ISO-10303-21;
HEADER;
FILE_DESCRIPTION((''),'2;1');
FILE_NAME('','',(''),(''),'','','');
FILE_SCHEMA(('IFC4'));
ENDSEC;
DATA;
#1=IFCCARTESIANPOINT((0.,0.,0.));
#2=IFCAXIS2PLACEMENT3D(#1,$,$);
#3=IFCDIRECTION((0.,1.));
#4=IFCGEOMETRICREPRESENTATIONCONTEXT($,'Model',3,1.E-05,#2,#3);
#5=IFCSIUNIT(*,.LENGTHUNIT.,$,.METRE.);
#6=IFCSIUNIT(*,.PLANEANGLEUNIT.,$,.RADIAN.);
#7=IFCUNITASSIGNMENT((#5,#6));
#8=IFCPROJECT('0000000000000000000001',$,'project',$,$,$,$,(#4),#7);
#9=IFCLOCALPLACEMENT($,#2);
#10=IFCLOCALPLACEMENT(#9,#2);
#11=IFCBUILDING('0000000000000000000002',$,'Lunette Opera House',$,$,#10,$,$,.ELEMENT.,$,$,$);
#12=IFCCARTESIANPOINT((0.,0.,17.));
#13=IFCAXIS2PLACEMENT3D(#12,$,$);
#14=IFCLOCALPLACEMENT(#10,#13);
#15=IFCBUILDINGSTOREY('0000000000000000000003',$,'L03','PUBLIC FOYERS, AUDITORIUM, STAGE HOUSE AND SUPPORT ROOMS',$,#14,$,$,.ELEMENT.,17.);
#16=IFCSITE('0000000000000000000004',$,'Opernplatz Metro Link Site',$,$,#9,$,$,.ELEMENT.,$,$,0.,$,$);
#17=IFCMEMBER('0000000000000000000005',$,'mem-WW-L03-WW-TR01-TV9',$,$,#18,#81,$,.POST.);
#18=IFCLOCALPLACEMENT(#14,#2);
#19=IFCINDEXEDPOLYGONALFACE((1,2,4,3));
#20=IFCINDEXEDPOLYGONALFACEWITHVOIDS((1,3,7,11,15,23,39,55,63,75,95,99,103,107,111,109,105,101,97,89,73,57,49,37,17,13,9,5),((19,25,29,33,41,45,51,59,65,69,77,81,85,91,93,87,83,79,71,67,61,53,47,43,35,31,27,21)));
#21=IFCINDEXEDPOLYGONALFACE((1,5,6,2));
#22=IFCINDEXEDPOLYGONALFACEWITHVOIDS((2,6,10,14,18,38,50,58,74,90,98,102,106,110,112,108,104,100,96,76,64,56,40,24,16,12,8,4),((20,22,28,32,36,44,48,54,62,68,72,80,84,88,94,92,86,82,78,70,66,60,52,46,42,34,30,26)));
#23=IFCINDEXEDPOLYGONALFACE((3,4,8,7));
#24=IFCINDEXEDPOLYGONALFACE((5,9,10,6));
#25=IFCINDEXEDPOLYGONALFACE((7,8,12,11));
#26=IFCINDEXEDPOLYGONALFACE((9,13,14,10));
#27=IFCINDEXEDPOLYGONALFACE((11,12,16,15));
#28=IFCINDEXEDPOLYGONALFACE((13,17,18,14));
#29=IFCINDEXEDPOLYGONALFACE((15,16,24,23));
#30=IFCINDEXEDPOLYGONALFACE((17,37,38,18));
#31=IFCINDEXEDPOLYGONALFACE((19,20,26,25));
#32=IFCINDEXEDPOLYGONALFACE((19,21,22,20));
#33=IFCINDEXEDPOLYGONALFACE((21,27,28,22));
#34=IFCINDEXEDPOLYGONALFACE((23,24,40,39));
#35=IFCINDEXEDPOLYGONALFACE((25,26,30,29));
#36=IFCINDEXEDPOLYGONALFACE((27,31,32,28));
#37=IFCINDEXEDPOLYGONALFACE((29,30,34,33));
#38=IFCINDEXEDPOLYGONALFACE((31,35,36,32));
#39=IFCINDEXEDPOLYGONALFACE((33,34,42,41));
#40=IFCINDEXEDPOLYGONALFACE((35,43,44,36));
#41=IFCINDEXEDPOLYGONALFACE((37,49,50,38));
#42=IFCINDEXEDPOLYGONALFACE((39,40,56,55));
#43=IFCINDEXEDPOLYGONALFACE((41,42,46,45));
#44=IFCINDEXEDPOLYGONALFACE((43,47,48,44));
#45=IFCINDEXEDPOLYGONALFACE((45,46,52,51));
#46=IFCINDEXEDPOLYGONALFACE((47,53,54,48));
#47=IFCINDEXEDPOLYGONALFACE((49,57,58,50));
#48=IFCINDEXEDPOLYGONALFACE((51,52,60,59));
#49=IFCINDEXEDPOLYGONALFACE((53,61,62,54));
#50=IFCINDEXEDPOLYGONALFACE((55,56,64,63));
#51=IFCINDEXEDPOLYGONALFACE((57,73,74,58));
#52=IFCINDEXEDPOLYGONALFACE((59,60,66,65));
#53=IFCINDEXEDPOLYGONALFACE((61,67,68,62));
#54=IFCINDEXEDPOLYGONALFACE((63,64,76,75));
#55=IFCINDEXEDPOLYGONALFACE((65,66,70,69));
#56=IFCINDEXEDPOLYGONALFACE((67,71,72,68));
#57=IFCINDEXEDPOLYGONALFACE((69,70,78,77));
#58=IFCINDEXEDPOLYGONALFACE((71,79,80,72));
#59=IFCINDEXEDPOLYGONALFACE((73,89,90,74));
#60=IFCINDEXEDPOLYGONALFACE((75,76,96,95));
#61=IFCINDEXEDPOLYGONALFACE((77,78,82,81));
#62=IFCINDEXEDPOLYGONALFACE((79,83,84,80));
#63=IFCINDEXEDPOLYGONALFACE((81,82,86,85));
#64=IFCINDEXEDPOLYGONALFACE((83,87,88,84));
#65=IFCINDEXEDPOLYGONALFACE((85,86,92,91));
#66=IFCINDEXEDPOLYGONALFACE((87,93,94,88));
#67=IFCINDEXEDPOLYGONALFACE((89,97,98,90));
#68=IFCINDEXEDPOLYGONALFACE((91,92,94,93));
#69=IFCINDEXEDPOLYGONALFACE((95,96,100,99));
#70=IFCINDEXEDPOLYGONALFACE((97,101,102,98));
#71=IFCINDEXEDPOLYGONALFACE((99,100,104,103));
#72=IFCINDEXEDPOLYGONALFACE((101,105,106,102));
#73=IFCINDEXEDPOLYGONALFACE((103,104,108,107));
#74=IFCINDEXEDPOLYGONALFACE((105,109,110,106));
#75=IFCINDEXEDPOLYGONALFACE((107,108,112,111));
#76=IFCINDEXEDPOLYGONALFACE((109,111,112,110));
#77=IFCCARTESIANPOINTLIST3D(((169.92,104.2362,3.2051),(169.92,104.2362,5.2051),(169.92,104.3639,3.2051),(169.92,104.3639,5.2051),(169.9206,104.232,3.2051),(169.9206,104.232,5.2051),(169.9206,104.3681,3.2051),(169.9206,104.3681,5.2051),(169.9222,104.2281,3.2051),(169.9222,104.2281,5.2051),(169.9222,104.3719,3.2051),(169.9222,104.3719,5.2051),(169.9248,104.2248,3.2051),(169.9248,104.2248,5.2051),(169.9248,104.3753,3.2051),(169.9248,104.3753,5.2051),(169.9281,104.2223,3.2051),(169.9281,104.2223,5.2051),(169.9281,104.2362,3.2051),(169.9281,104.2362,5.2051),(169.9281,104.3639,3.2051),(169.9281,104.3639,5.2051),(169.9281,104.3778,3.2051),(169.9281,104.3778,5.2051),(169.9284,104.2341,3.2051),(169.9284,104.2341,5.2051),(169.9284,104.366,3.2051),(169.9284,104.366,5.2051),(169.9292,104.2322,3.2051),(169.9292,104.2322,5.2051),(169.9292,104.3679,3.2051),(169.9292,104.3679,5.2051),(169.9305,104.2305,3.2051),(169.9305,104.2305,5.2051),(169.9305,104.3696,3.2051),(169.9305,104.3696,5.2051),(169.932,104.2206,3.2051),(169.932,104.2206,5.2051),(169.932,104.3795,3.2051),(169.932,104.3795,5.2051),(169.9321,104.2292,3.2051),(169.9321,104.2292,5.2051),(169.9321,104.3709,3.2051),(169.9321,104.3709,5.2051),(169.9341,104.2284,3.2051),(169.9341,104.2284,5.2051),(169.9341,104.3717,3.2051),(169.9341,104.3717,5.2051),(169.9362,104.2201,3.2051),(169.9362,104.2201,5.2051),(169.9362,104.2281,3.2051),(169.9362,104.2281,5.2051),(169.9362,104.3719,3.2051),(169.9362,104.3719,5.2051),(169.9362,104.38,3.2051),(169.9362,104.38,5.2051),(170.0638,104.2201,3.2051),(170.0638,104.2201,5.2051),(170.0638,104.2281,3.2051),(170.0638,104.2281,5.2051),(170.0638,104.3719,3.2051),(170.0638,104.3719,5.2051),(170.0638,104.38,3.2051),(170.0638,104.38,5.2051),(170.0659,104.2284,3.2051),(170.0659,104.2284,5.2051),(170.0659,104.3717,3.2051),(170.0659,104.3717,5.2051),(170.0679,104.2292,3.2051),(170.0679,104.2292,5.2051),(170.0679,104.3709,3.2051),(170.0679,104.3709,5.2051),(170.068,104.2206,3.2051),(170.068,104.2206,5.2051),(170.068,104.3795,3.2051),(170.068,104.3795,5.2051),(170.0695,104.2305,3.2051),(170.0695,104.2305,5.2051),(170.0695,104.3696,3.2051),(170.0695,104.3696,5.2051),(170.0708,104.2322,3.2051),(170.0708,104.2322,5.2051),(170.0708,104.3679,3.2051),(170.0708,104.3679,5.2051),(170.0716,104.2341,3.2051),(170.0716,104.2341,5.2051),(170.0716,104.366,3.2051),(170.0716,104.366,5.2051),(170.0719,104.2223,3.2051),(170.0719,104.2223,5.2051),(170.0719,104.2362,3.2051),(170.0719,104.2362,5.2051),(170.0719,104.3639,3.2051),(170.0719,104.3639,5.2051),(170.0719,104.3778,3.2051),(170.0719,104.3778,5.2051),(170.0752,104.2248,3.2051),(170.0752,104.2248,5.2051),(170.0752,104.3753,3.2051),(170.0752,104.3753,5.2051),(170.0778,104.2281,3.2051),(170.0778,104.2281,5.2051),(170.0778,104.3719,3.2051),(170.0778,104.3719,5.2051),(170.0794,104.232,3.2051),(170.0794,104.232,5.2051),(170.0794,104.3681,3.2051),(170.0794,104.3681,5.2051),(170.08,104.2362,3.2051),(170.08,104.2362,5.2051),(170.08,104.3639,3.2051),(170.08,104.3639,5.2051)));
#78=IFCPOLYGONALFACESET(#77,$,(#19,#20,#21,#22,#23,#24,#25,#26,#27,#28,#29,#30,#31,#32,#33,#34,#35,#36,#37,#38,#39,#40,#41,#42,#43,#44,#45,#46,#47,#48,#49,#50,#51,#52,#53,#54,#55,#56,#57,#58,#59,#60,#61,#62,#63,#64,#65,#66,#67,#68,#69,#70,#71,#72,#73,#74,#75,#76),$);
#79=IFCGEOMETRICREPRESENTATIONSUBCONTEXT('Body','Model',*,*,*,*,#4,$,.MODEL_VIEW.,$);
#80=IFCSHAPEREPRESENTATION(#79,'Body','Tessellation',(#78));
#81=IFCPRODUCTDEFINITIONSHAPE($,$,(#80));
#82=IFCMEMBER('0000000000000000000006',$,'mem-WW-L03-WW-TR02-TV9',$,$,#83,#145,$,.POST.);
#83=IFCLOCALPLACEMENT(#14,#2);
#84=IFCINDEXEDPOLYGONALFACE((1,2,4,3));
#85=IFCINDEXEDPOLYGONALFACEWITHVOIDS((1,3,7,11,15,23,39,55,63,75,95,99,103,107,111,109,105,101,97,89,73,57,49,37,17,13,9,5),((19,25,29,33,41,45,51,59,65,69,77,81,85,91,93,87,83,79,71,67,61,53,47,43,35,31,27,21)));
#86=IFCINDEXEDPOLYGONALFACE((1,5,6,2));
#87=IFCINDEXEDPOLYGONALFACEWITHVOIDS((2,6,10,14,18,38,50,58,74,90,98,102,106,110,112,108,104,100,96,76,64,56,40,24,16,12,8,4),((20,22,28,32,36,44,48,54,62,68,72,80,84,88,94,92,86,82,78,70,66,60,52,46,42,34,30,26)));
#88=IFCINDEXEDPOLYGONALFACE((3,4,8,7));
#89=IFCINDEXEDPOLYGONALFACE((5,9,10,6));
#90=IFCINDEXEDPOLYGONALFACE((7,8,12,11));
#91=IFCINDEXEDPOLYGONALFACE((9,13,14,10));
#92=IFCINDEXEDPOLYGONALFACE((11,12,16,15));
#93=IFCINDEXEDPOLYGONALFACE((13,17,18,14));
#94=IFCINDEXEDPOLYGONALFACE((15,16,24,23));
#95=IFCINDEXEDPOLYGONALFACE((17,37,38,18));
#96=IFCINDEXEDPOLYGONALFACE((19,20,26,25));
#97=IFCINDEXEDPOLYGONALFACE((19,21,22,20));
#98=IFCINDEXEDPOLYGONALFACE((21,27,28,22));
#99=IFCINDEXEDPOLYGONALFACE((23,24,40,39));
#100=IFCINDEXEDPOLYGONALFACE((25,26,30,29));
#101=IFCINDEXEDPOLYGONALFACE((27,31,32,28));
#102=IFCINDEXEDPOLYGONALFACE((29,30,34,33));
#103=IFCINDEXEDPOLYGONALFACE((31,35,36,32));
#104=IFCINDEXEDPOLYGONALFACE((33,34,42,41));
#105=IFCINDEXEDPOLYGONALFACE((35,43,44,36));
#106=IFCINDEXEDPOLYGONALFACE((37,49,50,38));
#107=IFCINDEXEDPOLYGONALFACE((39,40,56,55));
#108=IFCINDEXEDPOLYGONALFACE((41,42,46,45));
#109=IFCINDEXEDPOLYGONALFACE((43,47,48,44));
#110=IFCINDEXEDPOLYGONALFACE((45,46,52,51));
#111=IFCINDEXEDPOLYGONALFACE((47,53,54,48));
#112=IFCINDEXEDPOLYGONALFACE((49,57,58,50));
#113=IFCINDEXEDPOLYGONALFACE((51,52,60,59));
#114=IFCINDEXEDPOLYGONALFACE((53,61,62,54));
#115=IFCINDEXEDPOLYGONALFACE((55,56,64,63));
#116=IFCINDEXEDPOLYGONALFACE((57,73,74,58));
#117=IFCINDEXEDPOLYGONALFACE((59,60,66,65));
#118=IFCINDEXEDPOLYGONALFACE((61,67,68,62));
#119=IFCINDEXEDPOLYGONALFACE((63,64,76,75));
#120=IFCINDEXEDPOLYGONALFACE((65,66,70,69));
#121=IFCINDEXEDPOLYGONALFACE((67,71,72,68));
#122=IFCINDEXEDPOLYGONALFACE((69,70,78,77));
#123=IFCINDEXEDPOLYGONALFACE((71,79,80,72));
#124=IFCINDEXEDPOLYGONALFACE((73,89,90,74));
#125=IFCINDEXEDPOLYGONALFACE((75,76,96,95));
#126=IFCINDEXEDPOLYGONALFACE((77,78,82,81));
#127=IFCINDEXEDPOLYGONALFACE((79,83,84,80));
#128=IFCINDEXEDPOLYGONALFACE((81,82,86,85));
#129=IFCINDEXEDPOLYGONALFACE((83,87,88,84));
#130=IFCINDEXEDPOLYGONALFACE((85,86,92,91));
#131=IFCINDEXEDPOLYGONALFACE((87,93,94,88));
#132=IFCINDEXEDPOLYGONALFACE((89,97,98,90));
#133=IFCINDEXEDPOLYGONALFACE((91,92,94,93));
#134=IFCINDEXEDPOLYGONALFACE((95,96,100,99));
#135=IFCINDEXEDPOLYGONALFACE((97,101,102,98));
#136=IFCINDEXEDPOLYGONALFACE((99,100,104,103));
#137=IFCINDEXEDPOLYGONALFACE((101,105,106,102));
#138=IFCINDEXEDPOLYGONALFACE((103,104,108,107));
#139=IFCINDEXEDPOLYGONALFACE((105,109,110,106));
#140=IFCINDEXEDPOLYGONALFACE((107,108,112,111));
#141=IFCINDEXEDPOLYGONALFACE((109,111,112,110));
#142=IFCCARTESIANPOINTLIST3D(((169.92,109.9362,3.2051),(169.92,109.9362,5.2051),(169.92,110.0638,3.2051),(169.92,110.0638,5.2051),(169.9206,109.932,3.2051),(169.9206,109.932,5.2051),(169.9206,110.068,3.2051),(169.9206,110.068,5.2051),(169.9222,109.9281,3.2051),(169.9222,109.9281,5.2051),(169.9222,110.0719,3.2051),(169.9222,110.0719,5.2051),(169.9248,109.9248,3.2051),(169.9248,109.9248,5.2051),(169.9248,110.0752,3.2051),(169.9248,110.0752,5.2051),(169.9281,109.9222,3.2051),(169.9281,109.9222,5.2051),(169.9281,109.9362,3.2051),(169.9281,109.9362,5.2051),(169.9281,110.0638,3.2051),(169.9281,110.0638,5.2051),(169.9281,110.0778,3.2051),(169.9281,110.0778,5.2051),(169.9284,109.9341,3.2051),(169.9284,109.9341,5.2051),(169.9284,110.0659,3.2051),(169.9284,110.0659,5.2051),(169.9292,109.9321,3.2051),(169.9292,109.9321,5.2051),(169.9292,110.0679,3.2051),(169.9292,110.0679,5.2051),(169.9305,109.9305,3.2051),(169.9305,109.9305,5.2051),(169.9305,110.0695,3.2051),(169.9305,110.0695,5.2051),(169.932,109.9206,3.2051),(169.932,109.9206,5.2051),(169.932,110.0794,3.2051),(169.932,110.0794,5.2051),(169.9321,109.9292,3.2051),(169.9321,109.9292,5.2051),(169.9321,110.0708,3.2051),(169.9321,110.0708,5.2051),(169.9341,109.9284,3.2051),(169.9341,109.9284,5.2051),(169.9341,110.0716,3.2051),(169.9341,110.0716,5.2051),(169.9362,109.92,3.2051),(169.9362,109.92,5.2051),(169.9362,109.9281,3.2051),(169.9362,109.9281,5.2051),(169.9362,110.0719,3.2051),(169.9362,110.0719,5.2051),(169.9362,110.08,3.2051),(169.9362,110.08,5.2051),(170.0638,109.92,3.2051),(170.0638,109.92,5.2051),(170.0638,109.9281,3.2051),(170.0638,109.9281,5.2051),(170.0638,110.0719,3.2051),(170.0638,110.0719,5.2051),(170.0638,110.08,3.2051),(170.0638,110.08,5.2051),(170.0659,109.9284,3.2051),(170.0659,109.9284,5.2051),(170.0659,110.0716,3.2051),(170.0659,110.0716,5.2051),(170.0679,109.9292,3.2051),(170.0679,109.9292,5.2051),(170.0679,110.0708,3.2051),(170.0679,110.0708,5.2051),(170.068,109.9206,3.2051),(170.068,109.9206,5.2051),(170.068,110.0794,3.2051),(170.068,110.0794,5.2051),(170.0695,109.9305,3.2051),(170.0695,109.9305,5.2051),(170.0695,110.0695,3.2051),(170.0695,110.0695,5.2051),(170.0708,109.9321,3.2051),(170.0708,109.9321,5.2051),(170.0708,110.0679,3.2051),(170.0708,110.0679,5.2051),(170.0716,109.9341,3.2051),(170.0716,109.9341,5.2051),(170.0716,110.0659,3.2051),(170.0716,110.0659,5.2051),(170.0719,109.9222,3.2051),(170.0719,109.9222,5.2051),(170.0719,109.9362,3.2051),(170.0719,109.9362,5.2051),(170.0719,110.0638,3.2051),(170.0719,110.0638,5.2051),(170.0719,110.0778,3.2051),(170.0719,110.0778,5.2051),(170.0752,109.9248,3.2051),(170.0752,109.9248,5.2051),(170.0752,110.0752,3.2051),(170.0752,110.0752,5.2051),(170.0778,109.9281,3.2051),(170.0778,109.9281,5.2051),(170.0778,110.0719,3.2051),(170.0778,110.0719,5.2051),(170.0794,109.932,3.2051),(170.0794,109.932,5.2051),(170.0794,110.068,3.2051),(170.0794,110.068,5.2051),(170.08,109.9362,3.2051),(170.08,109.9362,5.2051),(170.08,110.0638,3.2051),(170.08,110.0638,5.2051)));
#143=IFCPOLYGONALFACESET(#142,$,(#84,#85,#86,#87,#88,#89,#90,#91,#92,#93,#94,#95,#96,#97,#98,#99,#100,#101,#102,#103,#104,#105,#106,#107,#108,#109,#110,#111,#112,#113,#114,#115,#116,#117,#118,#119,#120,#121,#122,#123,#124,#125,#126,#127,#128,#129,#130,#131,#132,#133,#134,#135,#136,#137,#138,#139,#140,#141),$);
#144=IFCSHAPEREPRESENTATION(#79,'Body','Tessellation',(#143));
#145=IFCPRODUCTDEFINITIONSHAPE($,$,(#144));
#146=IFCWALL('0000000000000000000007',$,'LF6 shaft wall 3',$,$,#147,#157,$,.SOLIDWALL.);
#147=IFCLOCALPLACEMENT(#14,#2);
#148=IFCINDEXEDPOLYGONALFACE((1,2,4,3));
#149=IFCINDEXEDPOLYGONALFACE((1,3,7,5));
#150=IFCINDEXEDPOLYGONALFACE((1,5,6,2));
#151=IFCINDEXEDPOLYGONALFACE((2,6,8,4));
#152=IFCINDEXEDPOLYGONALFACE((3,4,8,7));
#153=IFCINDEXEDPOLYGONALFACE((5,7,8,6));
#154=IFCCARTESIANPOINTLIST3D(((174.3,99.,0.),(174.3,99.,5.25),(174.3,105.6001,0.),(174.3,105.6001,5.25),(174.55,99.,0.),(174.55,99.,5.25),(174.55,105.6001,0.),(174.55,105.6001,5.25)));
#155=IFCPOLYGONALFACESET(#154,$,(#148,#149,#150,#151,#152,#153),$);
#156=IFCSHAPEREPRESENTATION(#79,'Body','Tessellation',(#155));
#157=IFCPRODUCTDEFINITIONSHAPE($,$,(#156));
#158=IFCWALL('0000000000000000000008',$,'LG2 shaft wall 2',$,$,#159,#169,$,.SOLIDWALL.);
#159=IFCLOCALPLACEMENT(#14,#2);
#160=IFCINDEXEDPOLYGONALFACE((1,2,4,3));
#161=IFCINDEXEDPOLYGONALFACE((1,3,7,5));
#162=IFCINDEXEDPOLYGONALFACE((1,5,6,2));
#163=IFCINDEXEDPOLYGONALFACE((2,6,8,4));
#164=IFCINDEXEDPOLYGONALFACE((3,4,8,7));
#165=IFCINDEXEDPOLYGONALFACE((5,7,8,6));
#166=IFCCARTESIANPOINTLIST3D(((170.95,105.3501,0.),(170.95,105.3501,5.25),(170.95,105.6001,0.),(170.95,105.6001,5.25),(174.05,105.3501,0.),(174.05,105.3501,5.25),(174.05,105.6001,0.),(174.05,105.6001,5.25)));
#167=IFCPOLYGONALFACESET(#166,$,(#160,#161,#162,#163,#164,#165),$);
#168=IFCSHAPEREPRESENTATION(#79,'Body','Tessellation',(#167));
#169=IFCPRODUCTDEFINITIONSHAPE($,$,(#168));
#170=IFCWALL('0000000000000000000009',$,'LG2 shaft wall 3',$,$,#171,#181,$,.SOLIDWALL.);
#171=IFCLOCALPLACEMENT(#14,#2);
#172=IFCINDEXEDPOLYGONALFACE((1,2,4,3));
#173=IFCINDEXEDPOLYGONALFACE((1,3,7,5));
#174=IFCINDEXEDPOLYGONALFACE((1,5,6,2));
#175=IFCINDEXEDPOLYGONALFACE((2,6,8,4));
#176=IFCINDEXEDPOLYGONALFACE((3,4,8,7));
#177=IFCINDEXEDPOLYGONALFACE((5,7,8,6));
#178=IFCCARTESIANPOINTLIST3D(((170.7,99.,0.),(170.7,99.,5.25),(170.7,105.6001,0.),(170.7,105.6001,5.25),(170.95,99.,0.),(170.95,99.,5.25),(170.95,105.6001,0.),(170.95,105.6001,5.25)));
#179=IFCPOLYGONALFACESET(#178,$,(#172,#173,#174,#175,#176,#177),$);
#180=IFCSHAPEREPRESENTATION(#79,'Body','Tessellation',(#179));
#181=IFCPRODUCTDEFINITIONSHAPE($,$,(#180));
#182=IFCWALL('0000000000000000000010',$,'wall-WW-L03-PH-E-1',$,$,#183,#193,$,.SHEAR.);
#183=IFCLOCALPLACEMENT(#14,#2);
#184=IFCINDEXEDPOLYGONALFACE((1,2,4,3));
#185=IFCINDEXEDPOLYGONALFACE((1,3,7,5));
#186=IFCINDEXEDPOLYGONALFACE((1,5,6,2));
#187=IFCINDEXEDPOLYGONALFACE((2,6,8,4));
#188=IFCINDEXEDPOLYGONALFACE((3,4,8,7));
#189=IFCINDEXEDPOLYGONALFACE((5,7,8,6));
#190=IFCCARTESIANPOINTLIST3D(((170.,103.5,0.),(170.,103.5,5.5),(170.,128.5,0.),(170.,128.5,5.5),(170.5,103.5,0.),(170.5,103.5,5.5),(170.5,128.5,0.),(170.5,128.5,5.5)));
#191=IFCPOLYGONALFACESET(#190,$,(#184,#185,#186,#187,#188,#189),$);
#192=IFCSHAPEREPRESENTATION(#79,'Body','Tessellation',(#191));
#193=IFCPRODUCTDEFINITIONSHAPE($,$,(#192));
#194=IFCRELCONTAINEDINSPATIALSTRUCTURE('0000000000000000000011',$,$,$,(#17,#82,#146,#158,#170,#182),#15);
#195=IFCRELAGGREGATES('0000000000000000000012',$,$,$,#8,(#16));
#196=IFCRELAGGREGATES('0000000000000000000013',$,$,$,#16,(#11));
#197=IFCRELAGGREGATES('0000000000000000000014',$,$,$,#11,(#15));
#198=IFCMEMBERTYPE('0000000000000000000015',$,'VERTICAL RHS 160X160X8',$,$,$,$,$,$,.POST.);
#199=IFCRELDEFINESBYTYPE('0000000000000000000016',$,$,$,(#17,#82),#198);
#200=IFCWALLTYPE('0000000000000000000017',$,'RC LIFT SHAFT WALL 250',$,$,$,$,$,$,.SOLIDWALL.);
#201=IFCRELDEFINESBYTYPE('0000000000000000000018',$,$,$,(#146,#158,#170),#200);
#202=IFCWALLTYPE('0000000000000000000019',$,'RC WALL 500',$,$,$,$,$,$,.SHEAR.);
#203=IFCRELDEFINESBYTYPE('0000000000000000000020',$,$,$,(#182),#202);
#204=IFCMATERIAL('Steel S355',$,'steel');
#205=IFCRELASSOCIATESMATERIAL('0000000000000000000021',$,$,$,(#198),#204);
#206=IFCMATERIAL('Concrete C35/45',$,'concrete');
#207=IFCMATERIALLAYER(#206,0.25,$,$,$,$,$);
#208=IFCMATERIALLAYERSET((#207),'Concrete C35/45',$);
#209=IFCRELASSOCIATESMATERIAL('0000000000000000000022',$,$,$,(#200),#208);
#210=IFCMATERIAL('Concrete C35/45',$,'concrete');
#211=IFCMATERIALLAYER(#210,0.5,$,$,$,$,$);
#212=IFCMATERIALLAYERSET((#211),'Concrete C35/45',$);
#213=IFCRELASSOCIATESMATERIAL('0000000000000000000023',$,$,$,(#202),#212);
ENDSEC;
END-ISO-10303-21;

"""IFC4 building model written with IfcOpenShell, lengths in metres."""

from ifc_helpers import new_model, si_unit, direction, frame, frame_2d, origin, origin_2d, place, context, subcontext, project, spatial, rectangle, hollow_rectangle, extrude, material, layer, layer_set, material_profile, profile_set, type_object, element, save


model = new_model("IFC4")

# Units and contexts
model_context = context("Model", 3, precision=1e-05, world=origin(), true_north=direction((0.0, 1.0)))
body_context = subcontext(model_context, "Body", "Model", "MODEL_VIEW")
ifc_project = project(units=[si_unit("LENGTHUNIT", "METRE"), si_unit("PLANEANGLEUNIT", "RADIAN")], contexts=[model_context])

# Site, building, storey
site_placement = place(None, origin())
site = spatial("IfcSite", under=ifc_project, at=site_placement, Name="Opernplatz Metro Link Site", CompositionType="ELEMENT", RefElevation=0.0)
building_placement = place(site_placement, origin())
building = spatial("IfcBuilding", under=site, at=building_placement, Name="Lunette Opera House", CompositionType="ELEMENT")
storey_placement = place(building_placement, frame((0.0, 0.0, 17.0)))
storey = spatial("IfcBuildingStorey", under=building, at=storey_placement, Name="L03", Description="PUBLIC FOYERS, AUDITORIUM, STAGE HOUSE AND SUPPORT ROOMS", CompositionType="ELEMENT", Elevation=17.0)

# Members
ifc_material_1 = material(Name="Steel S355", Category="steel")
ifc_material_profile_1 = material_profile(ifc_material_1, hollow_rectangle(XDim=0.1599, YDim=0.1599, WallThickness=0.0081, InnerFilletRadius=0.0081, OuterFilletRadius=0.0161, at=origin_2d()), Name="RHS 160X160X8")
ifc_profile_set_1 = profile_set([ifc_material_profile_1], Name="Steel S355")
member_type_1 = type_object("IfcMemberType", Name="VERTICAL RHS 160X160X8", PredefinedType="POST", material=ifc_profile_set_1)
for number, where, z_axis, x_axis, name in (
    (1, (170.0, 104.3, 3.2051), (0.0, 0.0, 1.0), (1.0, 0.0, 0.0), "mem-WW-L03-WW-TR01-TV9"),
    (2, (170.0, 110.0, 3.2051), (0.0, 0.0, 1.0), (1.0, 0.0, 0.0), "mem-WW-L03-WW-TR02-TV9"),
):
    element("IfcMember", number, at=place(storey_placement, frame(where, z_axis=z_axis, x_axis=x_axis)), inside=storey, type_object=member_type_1, Name=name, PredefinedType="POST", context=body_context, shape_type="SweptSolid", body=[
        extrude(hollow_rectangle(XDim=0.1599, YDim=0.1599, WallThickness=0.0081, InnerFilletRadius=0.0081, OuterFilletRadius=0.0161, at=origin_2d()), origin(), (0.0, 0.0, 1.0), 2.0),
    ])

# Walls
ifc_material_2 = material(Name="Concrete C35/45", Category="concrete")
ifc_layer_1 = layer(ifc_material_2, 0.25)
ifc_layer_set_1 = layer_set([ifc_layer_1], Name="Concrete C35/45")
wall_type_1 = type_object("IfcWallType", Name="RC LIFT SHAFT WALL 250", PredefinedType="SOLIDWALL", material=ifc_layer_set_1)
wall_1_placement = place(storey_placement, frame((174.425, 105.6001, 0.0), z_axis=(0.0, 0.0, 1.0), x_axis=(0.0, -1.0, 0.0)))
element("IfcWall", 3, at=wall_1_placement, inside=storey, type_object=wall_type_1, Name="LF6 shaft wall 3", PredefinedType="SOLIDWALL", context=body_context, shape_type="SweptSolid", body=[
    extrude(rectangle(XDim=6.6001, YDim=0.25, at=frame_2d((3.3, 0.0))), origin(), (0.0, 0.0, 1.0), 5.25),
])
wall_2_placement = place(storey_placement, frame((174.05, 105.4751, 0.0), z_axis=(0.0, 0.0, 1.0), x_axis=(-1.0, 0.0, 0.0)))
element("IfcWall", 4, at=wall_2_placement, inside=storey, type_object=wall_type_1, Name="LG2 shaft wall 2", PredefinedType="SOLIDWALL", context=body_context, shape_type="SweptSolid", body=[
    extrude(rectangle(XDim=3.1001, YDim=0.25, at=frame_2d((1.55, 0.0))), origin(), (0.0, 0.0, 1.0), 5.25),
])
wall_3_placement = place(storey_placement, frame((170.825, 105.6001, 0.0), z_axis=(0.0, 0.0, 1.0), x_axis=(0.0, -1.0, 0.0)))
element("IfcWall", 5, at=wall_3_placement, inside=storey, type_object=wall_type_1, Name="LG2 shaft wall 3", PredefinedType="SOLIDWALL", context=body_context, shape_type="SweptSolid", body=[
    extrude(rectangle(XDim=6.6001, YDim=0.25, at=frame_2d((3.3, 0.0))), origin(), (0.0, 0.0, 1.0), 5.25),
])
ifc_material_3 = material(Name="Concrete C35/45", Category="concrete")
ifc_layer_2 = layer(ifc_material_3, 0.5)
ifc_layer_set_2 = layer_set([ifc_layer_2], Name="Concrete C35/45")
wall_type_2 = type_object("IfcWallType", Name="RC WALL 500", PredefinedType="SHEAR", material=ifc_layer_set_2)
wall_4_placement = place(storey_placement, frame((170.25, 103.5, 0.0), z_axis=(0.0, 0.0, 1.0), x_axis=(0.0, 1.0, 0.0)))
element("IfcWall", 6, at=wall_4_placement, inside=storey, type_object=wall_type_2, Name="wall-WW-L03-PH-E-1", PredefinedType="SHEAR", context=body_context, shape_type="SweptSolid", body=[
    extrude(rectangle(XDim=25.0, YDim=0.5, at=frame_2d((12.5, 0.0))), origin(), (0.0, 0.0, 1.0), 5.5),
])

save(model, "model.ifc")
